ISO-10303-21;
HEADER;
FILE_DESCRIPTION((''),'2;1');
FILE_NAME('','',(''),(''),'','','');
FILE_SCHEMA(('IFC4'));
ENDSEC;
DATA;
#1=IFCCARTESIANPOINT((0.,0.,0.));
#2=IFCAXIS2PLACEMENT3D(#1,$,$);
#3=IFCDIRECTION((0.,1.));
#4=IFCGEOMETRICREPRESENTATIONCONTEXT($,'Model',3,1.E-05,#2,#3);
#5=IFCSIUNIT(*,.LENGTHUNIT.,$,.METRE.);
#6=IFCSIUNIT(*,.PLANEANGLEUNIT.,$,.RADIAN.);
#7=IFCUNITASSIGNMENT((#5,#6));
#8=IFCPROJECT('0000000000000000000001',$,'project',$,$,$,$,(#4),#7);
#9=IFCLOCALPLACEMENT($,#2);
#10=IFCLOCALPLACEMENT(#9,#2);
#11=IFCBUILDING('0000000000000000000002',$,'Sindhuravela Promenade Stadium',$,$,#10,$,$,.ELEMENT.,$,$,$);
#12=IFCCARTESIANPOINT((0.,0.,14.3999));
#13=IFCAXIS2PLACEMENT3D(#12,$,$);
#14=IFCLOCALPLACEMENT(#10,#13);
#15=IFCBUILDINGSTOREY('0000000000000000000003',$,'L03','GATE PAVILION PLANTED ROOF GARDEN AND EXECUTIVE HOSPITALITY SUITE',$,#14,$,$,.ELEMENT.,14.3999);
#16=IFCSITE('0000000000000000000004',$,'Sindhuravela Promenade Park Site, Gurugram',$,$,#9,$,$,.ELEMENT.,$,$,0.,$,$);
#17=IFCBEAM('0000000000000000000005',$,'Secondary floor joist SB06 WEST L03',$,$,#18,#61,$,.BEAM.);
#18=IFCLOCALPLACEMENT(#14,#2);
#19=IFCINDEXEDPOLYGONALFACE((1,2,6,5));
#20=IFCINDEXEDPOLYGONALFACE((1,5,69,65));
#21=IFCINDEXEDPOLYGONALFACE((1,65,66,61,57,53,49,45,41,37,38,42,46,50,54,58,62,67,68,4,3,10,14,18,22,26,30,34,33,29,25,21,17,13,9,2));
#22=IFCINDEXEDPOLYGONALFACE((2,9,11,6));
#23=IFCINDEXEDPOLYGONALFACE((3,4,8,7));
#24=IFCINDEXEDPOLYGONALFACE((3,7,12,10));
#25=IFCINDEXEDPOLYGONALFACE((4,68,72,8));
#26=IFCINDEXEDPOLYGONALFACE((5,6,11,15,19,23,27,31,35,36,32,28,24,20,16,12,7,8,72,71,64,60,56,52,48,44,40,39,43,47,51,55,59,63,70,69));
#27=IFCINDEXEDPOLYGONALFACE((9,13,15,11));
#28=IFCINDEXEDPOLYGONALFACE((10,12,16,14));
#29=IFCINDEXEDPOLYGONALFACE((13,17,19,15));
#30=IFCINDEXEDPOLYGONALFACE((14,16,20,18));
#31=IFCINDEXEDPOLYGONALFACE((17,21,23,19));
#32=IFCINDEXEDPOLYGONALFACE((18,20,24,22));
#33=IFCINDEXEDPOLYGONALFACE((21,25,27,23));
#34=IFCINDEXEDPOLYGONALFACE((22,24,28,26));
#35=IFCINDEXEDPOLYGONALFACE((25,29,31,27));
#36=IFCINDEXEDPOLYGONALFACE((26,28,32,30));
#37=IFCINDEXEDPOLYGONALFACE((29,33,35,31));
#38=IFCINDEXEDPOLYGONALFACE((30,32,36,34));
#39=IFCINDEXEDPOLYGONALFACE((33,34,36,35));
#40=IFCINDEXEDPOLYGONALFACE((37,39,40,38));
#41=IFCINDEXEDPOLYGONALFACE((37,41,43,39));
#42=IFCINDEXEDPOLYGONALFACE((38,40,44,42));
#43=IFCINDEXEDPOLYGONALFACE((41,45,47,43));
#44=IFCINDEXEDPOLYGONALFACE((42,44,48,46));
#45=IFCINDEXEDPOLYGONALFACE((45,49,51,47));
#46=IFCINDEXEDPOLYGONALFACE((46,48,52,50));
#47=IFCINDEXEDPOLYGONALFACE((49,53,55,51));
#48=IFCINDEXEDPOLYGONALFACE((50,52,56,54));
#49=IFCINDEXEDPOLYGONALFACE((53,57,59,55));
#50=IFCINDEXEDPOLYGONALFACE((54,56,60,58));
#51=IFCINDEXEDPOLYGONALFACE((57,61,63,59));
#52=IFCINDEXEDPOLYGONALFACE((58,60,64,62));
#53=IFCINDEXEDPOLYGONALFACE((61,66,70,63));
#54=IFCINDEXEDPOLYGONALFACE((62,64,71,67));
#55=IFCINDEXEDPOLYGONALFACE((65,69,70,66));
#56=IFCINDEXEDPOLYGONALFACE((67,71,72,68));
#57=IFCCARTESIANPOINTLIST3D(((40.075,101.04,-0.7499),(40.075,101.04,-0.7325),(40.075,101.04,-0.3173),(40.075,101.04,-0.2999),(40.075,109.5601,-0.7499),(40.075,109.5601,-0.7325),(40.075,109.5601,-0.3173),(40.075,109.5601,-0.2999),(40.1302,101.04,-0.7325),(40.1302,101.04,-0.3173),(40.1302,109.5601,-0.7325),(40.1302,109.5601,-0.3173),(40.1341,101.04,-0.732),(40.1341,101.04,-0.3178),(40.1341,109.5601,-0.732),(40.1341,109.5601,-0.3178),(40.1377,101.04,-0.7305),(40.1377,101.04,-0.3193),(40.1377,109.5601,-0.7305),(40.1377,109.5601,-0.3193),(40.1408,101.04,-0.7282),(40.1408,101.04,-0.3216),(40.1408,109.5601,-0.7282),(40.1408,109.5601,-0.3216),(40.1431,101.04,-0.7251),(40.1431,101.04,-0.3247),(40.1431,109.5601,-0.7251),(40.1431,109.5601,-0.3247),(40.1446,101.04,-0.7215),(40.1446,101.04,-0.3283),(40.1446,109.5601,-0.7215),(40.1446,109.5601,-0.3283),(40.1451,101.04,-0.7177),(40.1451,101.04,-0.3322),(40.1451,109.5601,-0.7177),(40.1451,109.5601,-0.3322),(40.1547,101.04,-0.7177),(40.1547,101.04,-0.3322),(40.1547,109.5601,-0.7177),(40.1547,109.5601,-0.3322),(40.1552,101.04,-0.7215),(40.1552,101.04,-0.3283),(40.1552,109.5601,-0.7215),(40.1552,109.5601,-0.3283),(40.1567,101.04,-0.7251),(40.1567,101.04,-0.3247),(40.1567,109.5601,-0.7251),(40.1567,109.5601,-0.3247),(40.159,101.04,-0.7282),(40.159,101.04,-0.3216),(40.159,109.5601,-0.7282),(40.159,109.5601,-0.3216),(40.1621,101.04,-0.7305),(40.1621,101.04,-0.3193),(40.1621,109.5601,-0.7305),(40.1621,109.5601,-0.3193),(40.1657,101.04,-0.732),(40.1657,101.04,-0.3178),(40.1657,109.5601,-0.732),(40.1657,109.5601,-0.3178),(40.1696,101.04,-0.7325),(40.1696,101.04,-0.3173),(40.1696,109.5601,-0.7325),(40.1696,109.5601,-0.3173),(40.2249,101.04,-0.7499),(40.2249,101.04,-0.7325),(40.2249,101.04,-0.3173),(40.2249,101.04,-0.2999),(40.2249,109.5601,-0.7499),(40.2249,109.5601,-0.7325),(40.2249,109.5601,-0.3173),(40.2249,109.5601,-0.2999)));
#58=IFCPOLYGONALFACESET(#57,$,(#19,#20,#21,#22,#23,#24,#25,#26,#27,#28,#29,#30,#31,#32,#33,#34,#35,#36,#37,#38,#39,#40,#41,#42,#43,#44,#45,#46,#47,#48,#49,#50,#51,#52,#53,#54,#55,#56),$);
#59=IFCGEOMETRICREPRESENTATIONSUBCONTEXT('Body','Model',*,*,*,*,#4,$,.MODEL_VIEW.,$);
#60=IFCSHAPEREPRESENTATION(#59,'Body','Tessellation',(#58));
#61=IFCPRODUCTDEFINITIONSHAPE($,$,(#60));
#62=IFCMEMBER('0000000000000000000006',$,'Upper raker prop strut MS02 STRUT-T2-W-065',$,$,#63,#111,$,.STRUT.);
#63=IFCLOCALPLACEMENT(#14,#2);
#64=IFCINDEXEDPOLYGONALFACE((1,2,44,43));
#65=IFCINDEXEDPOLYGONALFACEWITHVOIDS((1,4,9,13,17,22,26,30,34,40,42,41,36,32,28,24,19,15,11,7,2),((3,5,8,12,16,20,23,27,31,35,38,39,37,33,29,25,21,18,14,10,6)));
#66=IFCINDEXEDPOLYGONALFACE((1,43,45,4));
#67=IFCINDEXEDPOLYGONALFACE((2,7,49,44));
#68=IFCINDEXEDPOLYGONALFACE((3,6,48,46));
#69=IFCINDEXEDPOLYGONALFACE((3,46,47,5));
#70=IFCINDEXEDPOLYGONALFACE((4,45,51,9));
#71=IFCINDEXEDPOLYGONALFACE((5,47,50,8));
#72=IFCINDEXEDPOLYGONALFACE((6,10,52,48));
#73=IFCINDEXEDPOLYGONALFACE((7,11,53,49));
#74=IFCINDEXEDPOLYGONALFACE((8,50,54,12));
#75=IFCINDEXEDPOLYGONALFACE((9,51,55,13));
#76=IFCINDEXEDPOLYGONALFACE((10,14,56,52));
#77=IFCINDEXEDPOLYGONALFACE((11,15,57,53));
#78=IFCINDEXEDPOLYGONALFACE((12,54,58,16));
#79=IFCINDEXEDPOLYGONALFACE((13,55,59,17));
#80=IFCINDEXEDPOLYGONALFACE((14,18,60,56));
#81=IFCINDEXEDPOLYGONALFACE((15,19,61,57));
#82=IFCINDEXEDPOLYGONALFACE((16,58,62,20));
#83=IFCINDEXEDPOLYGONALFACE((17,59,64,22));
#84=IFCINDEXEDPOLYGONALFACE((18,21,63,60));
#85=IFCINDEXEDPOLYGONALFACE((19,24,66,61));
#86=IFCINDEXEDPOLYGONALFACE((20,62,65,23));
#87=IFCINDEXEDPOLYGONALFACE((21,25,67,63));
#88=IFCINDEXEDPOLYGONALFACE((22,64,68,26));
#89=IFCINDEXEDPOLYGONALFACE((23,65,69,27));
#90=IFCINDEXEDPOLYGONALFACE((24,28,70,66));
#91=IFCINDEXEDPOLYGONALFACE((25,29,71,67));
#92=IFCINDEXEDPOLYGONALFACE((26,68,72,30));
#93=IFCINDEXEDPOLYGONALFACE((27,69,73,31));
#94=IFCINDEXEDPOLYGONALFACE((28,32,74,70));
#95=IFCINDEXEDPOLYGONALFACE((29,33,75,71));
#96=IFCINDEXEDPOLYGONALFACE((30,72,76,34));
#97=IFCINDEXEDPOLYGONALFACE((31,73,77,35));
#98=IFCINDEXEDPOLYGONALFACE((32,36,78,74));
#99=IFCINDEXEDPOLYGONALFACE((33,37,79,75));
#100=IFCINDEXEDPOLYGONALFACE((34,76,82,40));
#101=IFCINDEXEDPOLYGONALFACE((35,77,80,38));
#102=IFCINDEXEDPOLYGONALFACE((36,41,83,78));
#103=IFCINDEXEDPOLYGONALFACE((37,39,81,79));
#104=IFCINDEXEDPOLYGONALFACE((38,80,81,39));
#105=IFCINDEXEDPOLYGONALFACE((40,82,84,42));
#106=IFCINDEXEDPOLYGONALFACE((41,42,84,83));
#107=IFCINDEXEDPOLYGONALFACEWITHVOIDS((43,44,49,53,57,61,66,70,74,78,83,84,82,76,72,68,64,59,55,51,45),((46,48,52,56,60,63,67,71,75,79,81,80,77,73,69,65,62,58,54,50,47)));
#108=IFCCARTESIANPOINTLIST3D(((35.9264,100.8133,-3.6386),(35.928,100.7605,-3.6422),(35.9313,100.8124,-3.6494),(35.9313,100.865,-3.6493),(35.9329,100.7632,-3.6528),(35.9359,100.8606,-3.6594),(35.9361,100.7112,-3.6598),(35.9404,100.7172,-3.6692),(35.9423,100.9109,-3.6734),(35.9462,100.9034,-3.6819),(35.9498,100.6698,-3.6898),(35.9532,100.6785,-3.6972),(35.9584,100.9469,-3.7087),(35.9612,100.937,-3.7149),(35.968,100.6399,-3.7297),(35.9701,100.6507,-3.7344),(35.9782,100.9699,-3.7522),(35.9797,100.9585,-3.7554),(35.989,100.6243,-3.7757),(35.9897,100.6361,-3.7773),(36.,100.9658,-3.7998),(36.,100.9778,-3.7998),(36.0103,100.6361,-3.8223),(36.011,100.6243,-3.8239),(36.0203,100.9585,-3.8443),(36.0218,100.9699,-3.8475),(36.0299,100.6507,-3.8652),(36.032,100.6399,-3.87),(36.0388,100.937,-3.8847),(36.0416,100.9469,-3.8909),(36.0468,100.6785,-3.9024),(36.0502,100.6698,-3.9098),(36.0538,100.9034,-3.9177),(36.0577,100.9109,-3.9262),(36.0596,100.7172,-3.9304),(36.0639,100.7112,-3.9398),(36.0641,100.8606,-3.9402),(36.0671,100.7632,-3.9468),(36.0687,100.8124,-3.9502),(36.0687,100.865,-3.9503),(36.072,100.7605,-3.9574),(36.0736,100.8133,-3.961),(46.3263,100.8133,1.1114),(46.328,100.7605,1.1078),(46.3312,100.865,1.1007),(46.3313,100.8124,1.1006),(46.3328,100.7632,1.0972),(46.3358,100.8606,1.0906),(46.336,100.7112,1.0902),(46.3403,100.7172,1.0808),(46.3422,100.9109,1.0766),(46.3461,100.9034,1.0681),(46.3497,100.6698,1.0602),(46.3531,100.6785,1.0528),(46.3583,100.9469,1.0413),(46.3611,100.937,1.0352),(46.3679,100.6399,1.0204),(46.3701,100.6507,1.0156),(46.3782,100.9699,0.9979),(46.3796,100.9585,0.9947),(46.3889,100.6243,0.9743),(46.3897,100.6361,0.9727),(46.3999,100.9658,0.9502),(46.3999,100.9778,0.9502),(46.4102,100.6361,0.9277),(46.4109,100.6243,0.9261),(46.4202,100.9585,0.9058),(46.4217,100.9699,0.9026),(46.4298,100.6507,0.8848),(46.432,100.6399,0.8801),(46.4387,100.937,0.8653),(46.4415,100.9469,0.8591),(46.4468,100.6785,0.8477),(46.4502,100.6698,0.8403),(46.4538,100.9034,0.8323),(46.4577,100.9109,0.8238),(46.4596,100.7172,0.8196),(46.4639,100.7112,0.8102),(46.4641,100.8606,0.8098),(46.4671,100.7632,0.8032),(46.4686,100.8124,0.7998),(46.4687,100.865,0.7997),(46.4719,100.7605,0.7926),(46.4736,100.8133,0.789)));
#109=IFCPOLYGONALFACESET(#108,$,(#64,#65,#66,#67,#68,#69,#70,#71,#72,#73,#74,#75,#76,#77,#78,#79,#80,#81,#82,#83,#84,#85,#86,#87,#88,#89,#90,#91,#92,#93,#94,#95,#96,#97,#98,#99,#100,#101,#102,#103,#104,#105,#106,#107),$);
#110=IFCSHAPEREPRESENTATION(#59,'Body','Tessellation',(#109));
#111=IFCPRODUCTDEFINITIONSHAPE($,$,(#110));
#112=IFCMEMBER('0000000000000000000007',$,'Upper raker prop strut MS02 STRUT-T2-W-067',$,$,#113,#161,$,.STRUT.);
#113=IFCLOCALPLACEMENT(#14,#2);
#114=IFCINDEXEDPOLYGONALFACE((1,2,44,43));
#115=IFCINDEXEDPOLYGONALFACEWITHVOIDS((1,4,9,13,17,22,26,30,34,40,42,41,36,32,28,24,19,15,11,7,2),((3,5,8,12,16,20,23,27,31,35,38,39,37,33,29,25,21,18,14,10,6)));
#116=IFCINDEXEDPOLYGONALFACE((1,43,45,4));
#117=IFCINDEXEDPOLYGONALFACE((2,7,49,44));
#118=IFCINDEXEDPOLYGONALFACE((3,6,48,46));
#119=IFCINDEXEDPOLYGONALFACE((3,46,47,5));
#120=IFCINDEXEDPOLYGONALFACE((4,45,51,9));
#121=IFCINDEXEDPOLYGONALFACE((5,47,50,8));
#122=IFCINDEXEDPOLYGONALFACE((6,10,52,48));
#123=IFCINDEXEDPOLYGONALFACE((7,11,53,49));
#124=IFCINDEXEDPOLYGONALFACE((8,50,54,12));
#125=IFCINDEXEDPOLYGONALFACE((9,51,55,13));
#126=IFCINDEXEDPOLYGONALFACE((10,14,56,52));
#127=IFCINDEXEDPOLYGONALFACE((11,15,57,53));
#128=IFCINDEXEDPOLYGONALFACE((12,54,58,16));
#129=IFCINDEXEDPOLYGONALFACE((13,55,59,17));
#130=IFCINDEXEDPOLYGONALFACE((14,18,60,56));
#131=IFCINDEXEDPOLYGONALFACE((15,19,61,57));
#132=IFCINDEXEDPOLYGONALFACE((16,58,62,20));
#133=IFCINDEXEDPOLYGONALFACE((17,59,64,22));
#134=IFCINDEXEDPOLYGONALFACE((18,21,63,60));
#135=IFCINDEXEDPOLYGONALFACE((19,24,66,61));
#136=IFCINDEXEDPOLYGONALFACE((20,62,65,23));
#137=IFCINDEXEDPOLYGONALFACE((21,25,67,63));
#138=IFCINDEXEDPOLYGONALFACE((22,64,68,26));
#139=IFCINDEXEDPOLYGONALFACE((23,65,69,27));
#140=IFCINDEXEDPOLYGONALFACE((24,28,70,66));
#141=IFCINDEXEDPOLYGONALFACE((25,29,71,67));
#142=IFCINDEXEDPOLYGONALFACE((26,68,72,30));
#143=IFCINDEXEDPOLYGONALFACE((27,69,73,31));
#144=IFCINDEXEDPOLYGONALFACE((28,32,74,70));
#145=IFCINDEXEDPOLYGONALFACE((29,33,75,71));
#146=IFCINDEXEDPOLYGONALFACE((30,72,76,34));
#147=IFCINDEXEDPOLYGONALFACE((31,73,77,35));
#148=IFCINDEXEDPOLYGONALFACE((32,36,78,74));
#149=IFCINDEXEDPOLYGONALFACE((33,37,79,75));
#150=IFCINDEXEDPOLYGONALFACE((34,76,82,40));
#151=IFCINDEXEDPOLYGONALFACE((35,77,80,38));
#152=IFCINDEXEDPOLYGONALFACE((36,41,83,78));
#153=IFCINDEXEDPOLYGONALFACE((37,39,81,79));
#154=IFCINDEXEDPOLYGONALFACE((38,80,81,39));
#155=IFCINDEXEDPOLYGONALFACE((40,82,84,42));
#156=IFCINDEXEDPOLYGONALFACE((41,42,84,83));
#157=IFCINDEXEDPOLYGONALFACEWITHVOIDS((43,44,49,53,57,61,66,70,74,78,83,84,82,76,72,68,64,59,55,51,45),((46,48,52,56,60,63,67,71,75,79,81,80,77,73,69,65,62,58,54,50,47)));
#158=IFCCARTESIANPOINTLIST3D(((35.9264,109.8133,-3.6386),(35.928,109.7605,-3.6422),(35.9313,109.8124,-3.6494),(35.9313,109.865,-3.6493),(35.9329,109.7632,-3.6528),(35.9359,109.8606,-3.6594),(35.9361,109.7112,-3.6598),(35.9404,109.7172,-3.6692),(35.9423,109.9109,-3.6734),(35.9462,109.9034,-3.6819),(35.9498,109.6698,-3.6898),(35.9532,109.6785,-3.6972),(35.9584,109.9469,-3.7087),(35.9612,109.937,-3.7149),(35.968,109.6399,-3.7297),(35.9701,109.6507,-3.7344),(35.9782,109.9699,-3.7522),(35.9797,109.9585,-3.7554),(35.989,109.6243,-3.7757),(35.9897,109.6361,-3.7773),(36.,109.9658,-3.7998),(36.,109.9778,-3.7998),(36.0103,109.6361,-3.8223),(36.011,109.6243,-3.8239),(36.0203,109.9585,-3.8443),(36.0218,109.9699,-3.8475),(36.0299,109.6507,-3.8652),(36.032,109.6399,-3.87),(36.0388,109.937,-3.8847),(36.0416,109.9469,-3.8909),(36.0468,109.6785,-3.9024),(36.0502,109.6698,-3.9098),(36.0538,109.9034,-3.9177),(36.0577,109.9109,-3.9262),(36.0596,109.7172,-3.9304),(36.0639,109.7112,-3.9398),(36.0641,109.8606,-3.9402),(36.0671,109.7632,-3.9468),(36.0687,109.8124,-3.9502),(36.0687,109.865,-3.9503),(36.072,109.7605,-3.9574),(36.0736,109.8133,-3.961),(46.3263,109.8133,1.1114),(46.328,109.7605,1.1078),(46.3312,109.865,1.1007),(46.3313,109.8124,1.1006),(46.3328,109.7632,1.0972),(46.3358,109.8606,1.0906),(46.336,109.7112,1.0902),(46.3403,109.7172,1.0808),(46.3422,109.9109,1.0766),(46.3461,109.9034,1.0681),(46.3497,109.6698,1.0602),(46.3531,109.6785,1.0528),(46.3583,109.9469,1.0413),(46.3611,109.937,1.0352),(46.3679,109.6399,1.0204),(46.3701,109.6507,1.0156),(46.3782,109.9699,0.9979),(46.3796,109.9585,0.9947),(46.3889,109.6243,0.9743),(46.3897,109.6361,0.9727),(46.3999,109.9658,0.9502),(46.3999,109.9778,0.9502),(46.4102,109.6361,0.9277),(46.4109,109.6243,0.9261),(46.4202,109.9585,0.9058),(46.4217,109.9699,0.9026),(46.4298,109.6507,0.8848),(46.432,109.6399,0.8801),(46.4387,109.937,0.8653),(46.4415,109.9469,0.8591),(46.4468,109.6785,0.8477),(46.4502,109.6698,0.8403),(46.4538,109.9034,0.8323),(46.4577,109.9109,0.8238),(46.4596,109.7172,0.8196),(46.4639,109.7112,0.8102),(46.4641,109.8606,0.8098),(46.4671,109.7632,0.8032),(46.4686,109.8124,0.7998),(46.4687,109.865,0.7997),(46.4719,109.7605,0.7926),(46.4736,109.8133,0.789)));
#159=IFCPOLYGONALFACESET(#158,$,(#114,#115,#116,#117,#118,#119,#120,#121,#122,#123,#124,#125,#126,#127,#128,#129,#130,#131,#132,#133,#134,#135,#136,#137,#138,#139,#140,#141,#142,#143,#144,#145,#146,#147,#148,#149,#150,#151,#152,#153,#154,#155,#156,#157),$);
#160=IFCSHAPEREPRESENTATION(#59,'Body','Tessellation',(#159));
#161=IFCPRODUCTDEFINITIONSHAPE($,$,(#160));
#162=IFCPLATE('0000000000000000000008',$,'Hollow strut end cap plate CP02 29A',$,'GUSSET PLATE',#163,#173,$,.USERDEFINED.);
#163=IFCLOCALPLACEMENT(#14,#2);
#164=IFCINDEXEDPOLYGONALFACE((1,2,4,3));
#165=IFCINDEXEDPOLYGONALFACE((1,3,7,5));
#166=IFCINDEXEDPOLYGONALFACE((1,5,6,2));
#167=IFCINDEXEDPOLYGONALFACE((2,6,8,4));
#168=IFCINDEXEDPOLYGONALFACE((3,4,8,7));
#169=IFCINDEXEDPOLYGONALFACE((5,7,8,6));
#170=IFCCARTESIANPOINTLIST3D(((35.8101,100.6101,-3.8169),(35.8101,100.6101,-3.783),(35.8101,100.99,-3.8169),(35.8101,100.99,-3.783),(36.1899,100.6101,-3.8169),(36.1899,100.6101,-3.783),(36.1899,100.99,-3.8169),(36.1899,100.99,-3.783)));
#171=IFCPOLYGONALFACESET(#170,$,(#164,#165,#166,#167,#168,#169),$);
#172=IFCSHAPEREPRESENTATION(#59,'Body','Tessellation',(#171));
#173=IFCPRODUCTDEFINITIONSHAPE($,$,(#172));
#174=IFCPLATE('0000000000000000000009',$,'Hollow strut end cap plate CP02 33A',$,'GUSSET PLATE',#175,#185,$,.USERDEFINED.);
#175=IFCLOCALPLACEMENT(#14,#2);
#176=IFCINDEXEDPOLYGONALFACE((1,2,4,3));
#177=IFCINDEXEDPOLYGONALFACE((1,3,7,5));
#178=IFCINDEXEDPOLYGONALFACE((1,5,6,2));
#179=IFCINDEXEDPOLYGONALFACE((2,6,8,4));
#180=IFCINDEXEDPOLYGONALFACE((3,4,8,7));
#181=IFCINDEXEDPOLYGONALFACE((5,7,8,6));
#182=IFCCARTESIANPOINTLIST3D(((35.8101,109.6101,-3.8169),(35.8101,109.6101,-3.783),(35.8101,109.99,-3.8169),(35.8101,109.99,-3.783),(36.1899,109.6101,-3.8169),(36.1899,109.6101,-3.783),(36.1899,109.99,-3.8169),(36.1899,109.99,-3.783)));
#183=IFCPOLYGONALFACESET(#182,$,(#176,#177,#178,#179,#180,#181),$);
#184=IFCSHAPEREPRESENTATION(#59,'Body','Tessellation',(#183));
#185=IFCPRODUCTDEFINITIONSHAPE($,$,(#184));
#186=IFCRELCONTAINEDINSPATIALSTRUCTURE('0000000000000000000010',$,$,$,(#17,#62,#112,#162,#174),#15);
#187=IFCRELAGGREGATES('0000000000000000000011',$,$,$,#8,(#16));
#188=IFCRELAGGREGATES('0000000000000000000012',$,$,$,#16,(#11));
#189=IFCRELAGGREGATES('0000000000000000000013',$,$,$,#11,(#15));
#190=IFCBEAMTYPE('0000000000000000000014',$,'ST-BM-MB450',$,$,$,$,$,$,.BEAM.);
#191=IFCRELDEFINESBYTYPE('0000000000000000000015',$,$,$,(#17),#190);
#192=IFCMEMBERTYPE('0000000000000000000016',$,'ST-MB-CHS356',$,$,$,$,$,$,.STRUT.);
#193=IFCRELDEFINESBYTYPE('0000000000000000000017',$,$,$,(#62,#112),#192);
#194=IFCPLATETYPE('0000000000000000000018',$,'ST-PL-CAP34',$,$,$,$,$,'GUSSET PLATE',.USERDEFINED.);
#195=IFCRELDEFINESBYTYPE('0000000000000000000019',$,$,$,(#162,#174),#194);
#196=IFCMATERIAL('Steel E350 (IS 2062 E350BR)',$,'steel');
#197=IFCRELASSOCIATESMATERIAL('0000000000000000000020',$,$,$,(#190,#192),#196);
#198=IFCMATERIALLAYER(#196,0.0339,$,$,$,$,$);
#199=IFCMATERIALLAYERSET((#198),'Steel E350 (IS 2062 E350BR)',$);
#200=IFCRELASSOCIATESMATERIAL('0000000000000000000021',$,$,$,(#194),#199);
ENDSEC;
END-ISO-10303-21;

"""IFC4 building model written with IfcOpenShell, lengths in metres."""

from ifc_helpers import new_model, si_unit, direction, frame, origin, origin_2d, place, context, subcontext, project, spatial, rectangle, hollow_circle, i_section, extrude, material, layer, layer_set, material_profile, profile_set, type_object, element, save


model = new_model("IFC4")

# Units and contexts
model_context = context("Model", 3, precision=1e-05, world=origin(), true_north=direction((0.0, 1.0)))
body_context = subcontext(model_context, "Body", "Model", "MODEL_VIEW")
ifc_project = project(units=[si_unit("LENGTHUNIT", "METRE"), si_unit("PLANEANGLEUNIT", "RADIAN")], contexts=[model_context])

# Site, building, storey
site_placement = place(None, origin())
site = spatial("IfcSite", under=ifc_project, at=site_placement, Name="Sindhuravela Promenade Park Site, Gurugram", CompositionType="ELEMENT", RefElevation=0.0)
building_placement = place(site_placement, origin())
building = spatial("IfcBuilding", under=site, at=building_placement, Name="Sindhuravela Promenade Stadium", CompositionType="ELEMENT")
storey_placement = place(building_placement, frame((0.0, 0.0, 14.3999)))
storey = spatial("IfcBuildingStorey", under=building, at=storey_placement, Name="L03", Description="GATE PAVILION PLANTED ROOF GARDEN AND EXECUTIVE HOSPITALITY SUITE", CompositionType="ELEMENT", Elevation=14.3999)

# Beam
ifc_material_1 = material(Name="Steel E350 (IS 2062 E350BR)", Category="steel")
ifc_material_profile_1 = material_profile(ifc_material_1, i_section(OverallWidth=0.1499, OverallDepth=0.45, WebThickness=0.0095, FlangeThickness=0.0173, FilletRadius=0.0149, at=origin_2d()), Name="ISMB 450")
ifc_profile_set_1 = profile_set([ifc_material_profile_1], Name="Steel E350 (IS 2062 E350BR)")
beam_type_1 = type_object("IfcBeamType", Name="ST-BM-MB450", PredefinedType="BEAM", material=ifc_profile_set_1)
beam_1_placement = place(storey_placement, frame((40.1499, 101.04, -0.5249), z_axis=(0.0, 1.0, 0.0), x_axis=(-1.0, 0.0, 0.0)))
element("IfcBeam", 1, at=beam_1_placement, inside=storey, type_object=beam_type_1, Name="Secondary floor joist SB06 WEST L03", PredefinedType="BEAM", context=body_context, shape_type="SweptSolid", body=[
    extrude(i_section(OverallWidth=0.1499, OverallDepth=0.45, WebThickness=0.0095, FlangeThickness=0.0173, FilletRadius=0.0149, at=origin_2d()), origin(), (0.0, 0.0, 1.0), 8.52),
])

# Members
ifc_material_profile_2 = material_profile(ifc_material_1, hollow_circle(Radius=0.1777, WallThickness=0.012, at=origin_2d()), Name="CHS 355.6x12")
ifc_profile_set_2 = profile_set([ifc_material_profile_2], Name="Steel E350 (IS 2062 E350BR)")
member_type = type_object("IfcMemberType", Name="ST-MB-CHS356", PredefinedType="STRUT", material=ifc_profile_set_2)
for number, where, z_axis, x_axis, name in (
    (2, (36.0, 100.8, -3.7998), (0.909615, 0.0, 0.415453), (0.0, 1.0, 0.0), "Upper raker prop strut MS02 STRUT-T2-W-065"),
    (3, (36.0, 109.8, -3.7998), (0.909615, 0.0, 0.415453), (0.0, 1.0, 0.0), "Upper raker prop strut MS02 STRUT-T2-W-067"),
):
    element("IfcMember", number, at=place(storey_placement, frame(where, z_axis=z_axis, x_axis=x_axis)), inside=storey, type_object=member_type, Name=name, PredefinedType="STRUT", context=body_context, shape_type="SweptSolid", body=[
        extrude(hollow_circle(Radius=0.1777, WallThickness=0.012, at=origin_2d()), origin(), (0.0, 0.0, 1.0), 11.4333),
    ])

# Plates
ifc_layer_1 = layer(ifc_material_1, 0.0339)
ifc_layer_set_1 = layer_set([ifc_layer_1], Name="Steel E350 (IS 2062 E350BR)")
plate_type = type_object("IfcPlateType", Name="ST-PL-CAP34", ElementType="GUSSET PLATE", PredefinedType="USERDEFINED", material=ifc_layer_set_1)
for number, where, z_axis, x_axis, name in (
    (4, (36.0, 100.8, -3.8169), (0.0, 0.0, 1.0), (1.0, 0.0, 0.0), "Hollow strut end cap plate CP02 29A"),
    (5, (36.0, 109.8, -3.8169), (0.0, 0.0, 1.0), (1.0, 0.0, 0.0), "Hollow strut end cap plate CP02 33A"),
):
    element("IfcPlate", number, at=place(storey_placement, frame(where, z_axis=z_axis, x_axis=x_axis)), inside=storey, type_object=plate_type, Name=name, ObjectType="GUSSET PLATE", PredefinedType="USERDEFINED", context=body_context, shape_type="SweptSolid", body=[
        extrude(rectangle(XDim=0.3799, YDim=0.3799, at=origin_2d()), origin(), (0.0, 0.0, 1.0), 0.0339),
    ])

save(model, "model.ifc")
